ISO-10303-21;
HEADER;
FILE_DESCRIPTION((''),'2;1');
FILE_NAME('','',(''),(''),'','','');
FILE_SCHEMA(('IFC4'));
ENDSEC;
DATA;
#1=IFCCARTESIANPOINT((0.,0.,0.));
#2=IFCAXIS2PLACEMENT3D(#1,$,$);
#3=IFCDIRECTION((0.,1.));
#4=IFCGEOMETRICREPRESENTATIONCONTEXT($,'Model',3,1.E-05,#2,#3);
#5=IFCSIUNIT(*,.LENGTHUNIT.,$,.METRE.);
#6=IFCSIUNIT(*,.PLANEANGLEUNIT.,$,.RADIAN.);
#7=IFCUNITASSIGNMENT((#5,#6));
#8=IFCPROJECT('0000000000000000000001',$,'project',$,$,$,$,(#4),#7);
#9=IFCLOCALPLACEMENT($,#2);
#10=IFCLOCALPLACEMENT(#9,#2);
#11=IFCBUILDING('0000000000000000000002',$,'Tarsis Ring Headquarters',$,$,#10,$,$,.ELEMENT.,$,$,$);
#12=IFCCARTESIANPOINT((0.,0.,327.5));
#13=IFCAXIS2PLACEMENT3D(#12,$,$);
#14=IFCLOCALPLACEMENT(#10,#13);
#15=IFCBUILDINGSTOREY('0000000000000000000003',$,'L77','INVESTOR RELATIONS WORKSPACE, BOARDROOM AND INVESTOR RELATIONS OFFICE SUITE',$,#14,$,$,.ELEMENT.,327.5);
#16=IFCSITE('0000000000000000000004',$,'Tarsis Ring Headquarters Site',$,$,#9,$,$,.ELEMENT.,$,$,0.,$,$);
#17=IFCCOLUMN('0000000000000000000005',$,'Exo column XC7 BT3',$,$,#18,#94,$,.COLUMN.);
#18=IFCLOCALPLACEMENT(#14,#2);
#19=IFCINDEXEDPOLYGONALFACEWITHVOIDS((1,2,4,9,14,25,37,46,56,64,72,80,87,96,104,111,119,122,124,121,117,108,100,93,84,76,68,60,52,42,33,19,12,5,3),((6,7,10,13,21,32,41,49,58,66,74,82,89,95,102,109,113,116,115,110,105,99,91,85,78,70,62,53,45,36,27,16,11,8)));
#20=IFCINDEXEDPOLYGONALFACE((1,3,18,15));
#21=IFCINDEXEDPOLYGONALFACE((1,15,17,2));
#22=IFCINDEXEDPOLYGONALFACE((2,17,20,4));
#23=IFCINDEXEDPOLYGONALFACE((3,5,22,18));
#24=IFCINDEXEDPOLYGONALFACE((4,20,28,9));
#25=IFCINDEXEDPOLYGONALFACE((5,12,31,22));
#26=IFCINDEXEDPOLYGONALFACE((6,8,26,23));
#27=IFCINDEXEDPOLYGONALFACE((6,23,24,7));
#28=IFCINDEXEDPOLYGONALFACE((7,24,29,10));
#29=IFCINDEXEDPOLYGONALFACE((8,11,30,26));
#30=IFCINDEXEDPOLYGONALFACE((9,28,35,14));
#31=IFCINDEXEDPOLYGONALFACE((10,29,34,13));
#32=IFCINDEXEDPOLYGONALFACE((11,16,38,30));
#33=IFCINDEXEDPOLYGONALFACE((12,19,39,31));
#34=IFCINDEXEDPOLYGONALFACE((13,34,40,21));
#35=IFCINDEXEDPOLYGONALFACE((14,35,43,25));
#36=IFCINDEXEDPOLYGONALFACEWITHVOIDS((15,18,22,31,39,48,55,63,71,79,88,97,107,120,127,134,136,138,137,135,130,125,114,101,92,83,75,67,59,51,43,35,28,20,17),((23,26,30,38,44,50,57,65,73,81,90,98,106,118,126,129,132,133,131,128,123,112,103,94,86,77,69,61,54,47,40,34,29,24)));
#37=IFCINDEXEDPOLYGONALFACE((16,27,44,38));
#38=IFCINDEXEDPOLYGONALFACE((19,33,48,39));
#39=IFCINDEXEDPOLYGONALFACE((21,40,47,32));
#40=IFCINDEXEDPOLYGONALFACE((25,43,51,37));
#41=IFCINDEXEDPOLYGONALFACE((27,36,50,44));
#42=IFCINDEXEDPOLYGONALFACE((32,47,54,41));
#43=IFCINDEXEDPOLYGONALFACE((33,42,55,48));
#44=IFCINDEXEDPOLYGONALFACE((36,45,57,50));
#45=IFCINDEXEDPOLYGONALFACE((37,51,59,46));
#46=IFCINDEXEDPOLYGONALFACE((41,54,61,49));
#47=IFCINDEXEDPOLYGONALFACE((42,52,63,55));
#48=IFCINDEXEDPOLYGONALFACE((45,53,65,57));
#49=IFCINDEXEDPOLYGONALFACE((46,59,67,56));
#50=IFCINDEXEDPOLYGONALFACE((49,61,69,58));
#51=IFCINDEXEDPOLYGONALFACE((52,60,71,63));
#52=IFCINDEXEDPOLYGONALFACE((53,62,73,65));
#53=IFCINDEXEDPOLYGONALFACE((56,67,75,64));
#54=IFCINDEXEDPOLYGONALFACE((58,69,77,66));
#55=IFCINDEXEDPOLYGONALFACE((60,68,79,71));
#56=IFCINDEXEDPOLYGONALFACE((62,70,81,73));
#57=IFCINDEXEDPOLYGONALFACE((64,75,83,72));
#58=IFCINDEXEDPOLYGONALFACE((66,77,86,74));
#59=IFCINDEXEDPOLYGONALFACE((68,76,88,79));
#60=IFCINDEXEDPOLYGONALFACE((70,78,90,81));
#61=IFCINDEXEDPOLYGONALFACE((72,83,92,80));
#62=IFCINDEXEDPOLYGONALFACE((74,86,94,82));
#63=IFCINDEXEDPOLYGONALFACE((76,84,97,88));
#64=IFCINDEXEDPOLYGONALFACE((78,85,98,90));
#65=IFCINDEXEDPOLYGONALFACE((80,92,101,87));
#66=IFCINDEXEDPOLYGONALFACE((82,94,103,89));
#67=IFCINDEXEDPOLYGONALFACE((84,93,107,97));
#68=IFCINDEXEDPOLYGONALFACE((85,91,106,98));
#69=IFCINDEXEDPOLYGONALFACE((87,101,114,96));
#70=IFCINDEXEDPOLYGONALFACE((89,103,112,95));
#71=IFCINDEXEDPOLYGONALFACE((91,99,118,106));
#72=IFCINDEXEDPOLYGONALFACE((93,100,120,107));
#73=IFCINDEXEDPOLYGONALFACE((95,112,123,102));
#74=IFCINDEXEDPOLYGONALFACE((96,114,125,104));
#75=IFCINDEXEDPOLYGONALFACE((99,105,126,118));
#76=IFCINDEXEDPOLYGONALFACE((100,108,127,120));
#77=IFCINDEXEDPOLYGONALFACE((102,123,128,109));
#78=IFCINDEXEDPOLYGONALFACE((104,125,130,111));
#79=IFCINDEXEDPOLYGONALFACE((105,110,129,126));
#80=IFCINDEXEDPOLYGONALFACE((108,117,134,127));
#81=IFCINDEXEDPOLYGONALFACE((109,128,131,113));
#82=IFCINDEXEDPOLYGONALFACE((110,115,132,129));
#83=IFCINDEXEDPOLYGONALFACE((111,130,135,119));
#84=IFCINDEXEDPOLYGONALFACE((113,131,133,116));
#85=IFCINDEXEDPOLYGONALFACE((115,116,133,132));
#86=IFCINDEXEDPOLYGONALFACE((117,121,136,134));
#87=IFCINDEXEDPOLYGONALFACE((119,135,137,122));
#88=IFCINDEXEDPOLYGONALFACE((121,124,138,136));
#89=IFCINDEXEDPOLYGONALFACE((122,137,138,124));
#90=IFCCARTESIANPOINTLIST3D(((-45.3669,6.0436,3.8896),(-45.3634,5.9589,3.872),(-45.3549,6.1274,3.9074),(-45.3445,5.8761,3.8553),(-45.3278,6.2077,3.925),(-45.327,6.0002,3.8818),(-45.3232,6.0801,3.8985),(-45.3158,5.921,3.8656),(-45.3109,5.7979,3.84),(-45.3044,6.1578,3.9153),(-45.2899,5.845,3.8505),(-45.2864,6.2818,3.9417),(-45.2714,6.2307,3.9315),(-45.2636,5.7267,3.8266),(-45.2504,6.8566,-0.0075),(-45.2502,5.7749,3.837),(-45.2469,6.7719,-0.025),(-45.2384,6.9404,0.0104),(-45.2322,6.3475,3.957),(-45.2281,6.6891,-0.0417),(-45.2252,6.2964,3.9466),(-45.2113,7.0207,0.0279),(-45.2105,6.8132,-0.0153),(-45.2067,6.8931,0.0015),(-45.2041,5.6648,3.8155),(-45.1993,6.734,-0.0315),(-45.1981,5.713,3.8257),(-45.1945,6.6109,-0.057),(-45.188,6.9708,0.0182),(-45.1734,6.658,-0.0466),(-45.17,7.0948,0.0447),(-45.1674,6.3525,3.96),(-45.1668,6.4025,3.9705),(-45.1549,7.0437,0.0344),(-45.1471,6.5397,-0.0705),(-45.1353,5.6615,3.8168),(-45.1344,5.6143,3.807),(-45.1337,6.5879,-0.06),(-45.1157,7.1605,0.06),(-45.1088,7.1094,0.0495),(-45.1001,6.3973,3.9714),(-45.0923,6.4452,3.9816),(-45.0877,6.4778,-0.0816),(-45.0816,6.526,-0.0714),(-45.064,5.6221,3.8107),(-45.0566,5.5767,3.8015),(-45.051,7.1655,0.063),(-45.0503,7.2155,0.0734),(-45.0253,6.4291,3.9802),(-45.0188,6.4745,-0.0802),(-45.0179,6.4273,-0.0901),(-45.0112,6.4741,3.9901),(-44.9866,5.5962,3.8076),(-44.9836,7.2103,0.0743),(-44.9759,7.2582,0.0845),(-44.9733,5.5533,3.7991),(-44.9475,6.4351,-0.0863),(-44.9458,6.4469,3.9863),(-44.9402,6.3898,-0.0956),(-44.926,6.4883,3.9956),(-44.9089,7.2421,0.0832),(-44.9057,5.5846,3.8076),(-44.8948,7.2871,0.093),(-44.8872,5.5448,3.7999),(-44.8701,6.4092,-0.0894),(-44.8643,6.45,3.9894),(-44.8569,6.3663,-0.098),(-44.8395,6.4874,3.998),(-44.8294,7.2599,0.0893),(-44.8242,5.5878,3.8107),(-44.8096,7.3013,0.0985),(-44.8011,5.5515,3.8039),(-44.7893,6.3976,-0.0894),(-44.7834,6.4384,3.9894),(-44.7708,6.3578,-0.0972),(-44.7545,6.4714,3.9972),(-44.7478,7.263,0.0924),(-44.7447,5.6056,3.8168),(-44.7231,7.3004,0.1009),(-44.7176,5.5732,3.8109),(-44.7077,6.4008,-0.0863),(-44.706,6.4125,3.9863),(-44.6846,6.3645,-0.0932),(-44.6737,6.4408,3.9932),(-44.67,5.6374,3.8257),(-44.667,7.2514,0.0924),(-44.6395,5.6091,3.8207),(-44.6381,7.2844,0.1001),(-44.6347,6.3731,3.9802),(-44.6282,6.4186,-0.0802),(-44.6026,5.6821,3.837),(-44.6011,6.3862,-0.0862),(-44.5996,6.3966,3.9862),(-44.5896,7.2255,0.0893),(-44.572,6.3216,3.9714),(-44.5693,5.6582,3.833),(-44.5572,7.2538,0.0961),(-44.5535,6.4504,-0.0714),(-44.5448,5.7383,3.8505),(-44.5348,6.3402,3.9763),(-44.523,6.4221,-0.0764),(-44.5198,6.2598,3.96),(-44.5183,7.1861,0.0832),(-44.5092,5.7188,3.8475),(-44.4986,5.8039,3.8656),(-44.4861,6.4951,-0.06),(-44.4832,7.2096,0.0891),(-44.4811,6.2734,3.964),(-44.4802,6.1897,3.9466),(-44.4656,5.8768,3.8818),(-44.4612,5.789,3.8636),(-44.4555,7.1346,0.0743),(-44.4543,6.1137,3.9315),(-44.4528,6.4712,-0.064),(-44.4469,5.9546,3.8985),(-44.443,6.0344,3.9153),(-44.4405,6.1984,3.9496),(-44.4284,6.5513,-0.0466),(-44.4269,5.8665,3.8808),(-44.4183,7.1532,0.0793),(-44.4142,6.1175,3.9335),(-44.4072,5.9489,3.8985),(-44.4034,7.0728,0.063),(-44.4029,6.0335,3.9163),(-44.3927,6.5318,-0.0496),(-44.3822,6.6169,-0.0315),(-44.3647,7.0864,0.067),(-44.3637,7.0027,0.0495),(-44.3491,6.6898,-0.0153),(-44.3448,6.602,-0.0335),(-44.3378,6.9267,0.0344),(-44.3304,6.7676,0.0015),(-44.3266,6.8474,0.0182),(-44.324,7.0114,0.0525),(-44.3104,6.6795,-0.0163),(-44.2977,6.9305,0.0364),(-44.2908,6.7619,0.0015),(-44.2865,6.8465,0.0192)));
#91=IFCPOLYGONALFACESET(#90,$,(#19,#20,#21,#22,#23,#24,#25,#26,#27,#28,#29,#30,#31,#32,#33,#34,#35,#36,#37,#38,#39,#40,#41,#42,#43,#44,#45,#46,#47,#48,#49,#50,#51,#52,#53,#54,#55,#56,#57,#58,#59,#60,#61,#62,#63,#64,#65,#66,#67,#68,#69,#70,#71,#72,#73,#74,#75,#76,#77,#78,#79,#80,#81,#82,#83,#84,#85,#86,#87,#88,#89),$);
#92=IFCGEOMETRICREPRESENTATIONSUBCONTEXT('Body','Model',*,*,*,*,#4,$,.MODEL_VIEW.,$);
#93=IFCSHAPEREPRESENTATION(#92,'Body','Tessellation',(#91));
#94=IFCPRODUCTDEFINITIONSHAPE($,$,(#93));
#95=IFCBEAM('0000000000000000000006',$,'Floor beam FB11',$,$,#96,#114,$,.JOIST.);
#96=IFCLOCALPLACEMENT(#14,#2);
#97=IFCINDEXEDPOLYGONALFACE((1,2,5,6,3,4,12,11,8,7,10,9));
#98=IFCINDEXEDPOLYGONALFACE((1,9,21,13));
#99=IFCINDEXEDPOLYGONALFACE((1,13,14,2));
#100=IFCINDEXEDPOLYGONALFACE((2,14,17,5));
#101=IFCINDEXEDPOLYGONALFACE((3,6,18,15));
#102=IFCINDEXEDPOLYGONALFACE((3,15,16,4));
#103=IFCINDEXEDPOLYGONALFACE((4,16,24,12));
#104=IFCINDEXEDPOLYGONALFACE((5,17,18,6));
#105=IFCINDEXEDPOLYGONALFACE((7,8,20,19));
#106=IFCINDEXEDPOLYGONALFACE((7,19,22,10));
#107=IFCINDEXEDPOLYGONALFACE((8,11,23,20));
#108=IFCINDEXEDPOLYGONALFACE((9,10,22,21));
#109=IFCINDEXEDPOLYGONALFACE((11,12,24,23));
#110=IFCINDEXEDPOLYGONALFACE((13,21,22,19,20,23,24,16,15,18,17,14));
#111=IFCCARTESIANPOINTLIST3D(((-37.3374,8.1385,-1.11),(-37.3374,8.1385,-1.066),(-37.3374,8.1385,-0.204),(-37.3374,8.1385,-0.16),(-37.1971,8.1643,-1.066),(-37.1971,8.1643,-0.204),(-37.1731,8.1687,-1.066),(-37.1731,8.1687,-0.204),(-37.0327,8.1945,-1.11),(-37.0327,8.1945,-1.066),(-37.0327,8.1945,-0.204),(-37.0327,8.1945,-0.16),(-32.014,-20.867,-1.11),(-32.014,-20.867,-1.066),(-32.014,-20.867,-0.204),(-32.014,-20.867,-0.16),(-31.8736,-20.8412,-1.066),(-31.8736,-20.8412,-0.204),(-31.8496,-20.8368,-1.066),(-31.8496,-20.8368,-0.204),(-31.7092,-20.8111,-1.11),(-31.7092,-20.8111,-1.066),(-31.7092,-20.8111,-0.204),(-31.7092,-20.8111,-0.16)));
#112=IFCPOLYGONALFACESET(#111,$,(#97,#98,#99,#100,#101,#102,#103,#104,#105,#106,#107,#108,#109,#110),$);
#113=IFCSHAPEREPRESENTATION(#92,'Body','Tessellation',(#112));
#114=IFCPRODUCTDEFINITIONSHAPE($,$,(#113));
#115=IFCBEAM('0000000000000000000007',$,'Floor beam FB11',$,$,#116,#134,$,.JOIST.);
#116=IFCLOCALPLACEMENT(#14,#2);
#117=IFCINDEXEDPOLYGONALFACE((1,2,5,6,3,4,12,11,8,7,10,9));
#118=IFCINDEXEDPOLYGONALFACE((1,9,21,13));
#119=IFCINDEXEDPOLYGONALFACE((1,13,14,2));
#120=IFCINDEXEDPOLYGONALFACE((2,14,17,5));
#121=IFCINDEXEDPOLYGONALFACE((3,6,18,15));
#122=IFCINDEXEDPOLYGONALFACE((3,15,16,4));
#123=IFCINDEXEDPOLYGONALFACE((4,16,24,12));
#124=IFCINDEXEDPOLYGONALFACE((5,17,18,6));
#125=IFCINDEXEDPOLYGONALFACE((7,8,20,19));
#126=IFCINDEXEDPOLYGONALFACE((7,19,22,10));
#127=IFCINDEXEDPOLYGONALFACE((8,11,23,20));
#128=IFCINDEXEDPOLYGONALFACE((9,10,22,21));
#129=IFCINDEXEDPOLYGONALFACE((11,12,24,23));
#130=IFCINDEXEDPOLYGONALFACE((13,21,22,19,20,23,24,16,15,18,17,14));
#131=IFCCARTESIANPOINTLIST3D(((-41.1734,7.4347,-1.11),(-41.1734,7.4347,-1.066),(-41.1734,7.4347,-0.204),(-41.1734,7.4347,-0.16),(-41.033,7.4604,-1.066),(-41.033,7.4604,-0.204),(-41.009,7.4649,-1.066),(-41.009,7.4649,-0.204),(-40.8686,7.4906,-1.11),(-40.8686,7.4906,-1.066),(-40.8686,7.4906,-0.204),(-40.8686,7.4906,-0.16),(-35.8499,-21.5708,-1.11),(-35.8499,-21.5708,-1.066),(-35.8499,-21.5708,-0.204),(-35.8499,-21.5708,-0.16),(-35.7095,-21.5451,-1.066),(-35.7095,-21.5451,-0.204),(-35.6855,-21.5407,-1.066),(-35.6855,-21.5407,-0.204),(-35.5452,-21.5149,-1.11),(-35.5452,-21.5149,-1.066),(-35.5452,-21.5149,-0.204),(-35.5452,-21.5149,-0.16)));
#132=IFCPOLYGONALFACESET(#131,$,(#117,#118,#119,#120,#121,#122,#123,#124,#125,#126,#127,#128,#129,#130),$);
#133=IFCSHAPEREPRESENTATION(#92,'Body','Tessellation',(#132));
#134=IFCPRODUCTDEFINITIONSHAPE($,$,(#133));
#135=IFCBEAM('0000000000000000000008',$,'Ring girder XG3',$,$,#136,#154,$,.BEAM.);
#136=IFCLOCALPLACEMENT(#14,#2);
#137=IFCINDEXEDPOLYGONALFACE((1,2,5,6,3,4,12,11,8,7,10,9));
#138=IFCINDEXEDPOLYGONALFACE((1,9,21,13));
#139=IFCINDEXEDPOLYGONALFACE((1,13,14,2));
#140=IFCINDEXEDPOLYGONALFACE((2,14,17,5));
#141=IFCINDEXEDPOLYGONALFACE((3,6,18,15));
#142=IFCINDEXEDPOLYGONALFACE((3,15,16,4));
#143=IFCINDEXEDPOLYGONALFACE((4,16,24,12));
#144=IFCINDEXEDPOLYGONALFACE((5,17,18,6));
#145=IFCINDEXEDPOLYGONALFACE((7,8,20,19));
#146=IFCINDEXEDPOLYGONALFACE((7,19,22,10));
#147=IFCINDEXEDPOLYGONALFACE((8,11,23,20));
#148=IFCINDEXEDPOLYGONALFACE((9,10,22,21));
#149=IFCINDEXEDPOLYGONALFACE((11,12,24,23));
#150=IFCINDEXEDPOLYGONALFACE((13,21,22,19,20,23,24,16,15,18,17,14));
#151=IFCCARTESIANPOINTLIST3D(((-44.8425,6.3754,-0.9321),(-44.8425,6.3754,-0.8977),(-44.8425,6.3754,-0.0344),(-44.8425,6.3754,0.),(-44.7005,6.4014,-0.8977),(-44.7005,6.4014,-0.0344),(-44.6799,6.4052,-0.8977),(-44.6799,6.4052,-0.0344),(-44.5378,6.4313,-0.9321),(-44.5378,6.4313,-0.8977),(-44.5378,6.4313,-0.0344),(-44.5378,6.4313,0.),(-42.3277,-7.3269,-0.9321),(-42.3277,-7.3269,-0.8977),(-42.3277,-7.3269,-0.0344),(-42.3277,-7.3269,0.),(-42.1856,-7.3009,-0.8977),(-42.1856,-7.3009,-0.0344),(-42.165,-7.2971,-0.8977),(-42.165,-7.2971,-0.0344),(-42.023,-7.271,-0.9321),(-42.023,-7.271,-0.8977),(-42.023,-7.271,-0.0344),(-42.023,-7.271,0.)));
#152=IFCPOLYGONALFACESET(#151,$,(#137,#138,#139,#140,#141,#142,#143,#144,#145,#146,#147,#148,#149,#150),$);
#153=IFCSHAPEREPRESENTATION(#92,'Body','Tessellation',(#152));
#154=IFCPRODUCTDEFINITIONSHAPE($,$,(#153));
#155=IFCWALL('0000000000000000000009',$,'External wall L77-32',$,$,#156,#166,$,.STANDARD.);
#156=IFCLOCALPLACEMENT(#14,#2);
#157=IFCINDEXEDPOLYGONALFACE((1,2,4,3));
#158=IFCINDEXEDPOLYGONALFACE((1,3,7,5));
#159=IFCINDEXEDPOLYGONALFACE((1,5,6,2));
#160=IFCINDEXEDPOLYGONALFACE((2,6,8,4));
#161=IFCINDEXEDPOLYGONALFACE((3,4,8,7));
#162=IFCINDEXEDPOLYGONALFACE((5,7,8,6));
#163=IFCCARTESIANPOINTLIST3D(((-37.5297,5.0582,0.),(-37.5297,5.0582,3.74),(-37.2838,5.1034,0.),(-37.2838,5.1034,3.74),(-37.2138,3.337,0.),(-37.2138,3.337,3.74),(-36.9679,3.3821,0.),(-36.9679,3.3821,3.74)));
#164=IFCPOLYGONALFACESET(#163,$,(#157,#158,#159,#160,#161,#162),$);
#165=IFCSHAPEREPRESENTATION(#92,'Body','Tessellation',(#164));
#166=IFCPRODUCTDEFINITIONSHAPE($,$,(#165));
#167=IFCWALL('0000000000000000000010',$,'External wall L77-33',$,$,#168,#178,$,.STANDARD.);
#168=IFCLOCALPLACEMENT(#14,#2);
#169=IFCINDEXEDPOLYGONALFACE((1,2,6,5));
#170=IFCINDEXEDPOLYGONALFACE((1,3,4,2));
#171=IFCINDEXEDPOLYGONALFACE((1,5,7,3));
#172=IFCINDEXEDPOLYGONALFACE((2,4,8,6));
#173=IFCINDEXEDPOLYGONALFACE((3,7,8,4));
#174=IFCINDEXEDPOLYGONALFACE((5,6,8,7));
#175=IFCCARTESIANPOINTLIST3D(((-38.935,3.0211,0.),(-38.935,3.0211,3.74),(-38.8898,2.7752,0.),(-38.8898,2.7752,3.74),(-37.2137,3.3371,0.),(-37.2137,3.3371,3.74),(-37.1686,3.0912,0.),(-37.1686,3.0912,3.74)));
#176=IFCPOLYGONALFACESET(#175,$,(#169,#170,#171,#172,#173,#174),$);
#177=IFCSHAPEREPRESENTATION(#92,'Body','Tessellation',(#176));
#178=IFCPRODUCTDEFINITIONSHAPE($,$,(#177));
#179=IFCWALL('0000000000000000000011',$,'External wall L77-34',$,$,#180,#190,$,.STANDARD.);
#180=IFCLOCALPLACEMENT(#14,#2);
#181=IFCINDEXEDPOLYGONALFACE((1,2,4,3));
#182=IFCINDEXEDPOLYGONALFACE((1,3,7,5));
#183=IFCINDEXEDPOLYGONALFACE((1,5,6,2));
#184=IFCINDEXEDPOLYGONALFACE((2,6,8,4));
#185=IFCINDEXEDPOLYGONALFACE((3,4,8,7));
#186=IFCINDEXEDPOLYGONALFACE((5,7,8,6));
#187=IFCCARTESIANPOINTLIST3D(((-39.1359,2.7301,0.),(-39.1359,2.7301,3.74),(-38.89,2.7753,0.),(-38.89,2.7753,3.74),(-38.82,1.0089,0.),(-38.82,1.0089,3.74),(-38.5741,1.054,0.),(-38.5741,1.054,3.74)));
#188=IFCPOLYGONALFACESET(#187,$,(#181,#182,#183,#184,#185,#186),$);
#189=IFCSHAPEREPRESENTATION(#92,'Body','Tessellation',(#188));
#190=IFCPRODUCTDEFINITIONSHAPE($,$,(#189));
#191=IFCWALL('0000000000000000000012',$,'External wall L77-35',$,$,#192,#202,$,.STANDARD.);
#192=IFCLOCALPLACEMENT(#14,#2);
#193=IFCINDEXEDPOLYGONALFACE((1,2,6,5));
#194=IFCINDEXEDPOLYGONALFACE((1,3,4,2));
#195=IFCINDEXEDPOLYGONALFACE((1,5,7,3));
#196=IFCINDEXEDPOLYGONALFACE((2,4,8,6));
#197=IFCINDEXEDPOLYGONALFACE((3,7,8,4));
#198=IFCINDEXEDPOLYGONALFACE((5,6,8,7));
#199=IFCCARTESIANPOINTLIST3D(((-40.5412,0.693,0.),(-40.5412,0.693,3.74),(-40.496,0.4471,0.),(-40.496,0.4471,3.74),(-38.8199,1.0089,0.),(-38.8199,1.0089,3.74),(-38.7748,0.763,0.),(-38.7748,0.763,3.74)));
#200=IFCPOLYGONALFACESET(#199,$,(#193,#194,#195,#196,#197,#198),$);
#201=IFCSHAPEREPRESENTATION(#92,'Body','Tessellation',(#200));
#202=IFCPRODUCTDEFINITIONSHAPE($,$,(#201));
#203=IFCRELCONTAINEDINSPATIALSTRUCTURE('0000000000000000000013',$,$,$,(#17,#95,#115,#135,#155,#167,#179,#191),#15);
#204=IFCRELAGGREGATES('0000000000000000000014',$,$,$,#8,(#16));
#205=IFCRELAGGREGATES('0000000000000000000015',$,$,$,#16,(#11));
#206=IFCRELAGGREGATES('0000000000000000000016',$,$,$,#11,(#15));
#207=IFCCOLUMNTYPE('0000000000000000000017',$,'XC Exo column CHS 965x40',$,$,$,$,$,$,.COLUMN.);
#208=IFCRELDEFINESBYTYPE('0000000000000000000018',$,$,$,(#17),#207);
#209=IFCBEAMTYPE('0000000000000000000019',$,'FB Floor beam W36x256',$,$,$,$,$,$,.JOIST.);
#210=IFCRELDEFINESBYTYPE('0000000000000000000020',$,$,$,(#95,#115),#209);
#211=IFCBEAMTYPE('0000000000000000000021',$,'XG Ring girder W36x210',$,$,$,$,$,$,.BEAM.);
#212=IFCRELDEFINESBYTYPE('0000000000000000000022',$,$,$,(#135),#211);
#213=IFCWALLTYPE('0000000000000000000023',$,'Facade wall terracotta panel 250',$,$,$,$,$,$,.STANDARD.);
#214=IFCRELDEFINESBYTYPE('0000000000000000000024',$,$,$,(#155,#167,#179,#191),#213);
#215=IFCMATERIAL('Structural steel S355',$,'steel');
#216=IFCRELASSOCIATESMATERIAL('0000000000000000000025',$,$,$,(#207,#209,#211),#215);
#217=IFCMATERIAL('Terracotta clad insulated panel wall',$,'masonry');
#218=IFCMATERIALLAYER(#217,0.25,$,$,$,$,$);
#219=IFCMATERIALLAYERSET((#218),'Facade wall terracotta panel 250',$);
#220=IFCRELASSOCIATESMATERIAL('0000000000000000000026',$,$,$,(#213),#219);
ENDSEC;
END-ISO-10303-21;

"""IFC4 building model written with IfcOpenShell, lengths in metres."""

from ifc_helpers import new_model, si_unit, direction, frame, frame_2d, origin, origin_2d, place, context, subcontext, project, spatial, rectangle, hollow_circle, i_section, extrude, material, layer, layer_set, material_profile, profile_set, type_object, element, save


model = new_model("IFC4")

# Units and contexts
model_context = context("Model", 3, precision=1e-05, world=origin(), true_north=direction((0.0, 1.0)))
body_context = subcontext(model_context, "Body", "Model", "MODEL_VIEW")
ifc_project = project(units=[si_unit("LENGTHUNIT", "METRE"), si_unit("PLANEANGLEUNIT", "RADIAN")], contexts=[model_context])

# Site, building, storey
site_placement = place(None, origin())
site = spatial("IfcSite", under=ifc_project, at=site_placement, Name="Tarsis Ring Headquarters Site", CompositionType="ELEMENT", RefElevation=0.0)
building_placement = place(site_placement, origin())
building = spatial("IfcBuilding", under=site, at=building_placement, Name="Tarsis Ring Headquarters", CompositionType="ELEMENT")
storey_placement = place(building_placement, frame((0.0, 0.0, 327.5)))
storey = spatial("IfcBuildingStorey", under=building, at=storey_placement, Name="L77", Description="INVESTOR RELATIONS WORKSPACE, BOARDROOM AND INVESTOR RELATIONS OFFICE SUITE", CompositionType="ELEMENT", Elevation=327.5)

# Column
ifc_material_1 = material(Name="Structural steel S355", Category="steel")
ifc_material_profile_1 = material_profile(ifc_material_1, hollow_circle(Radius=0.4827, WallThickness=0.04, at=origin_2d()), Name="CHS 965x40")
ifc_profile_set_1 = profile_set([ifc_material_profile_1], Name="Structural steel S355")
column_type = type_object("IfcColumnType", Name="XC Exo column CHS 965x40", PredefinedType="COLUMN", material=ifc_profile_set_1)
column_placement = place(storey_placement, frame((-44.7686, 6.8303, 0.0015), z_axis=(-0.029241, -0.204136, 0.978506), x_axis=(0.989896, -0.141796, 0.0)))
element("IfcColumn", 1, at=column_placement, inside=storey, type_object=column_type, Name="Exo column XC7 BT3", PredefinedType="COLUMN", context=body_context, shape_type="SweptSolid", body=[
    extrude(hollow_circle(Radius=0.4827, WallThickness=0.04, at=origin_2d()), origin(), (0.0, 0.0, 1.0), 3.9827),
])

# Beams
ifc_material_profile_2 = material_profile(ifc_material_1, i_section(OverallWidth=0.3098, OverallDepth=0.95, WebThickness=0.0244, FlangeThickness=0.0439, at=origin_2d()), Name="W36x256")
ifc_profile_set_2 = profile_set([ifc_material_profile_2], Name="Structural steel S355")
beam_type_1 = type_object("IfcBeamType", Name="FB Floor beam W36x256", PredefinedType="JOIST", material=ifc_profile_set_2)
for number, where, z_axis, x_axis, name in (
    (2, (-37.1851, 8.1665, -0.635), (0.180518, -0.983572, 0.0), (0.983572, 0.180518, 0.0), "Floor beam FB11"),
    (3, (-41.021, 7.4626, -0.635), (0.180518, -0.983572, 0.0), (0.983572, 0.180518, 0.0), "Floor beam FB11"),
):
    element("IfcBeam", number, at=place(storey_placement, frame(where, z_axis=z_axis, x_axis=x_axis)), inside=storey, type_object=beam_type_1, Name=name, PredefinedType="JOIST", context=body_context, shape_type="SweptSolid", body=[
        extrude(i_section(OverallWidth=0.3098, OverallDepth=0.95, WebThickness=0.0244, FlangeThickness=0.0439, at=origin_2d()), origin(), (0.0, 0.0, 1.0), 29.49),
    ])
ifc_material_profile_3 = material_profile(ifc_material_1, i_section(OverallWidth=0.3098, OverallDepth=0.9321, WebThickness=0.021, FlangeThickness=0.0344, at=origin_2d()), Name="W36x210")
ifc_profile_set_3 = profile_set([ifc_material_profile_3], Name="Structural steel S355")
beam_type_2 = type_object("IfcBeamType", Name="XG Ring girder W36x210", PredefinedType="BEAM", material=ifc_profile_set_3)
beam_placement = place(storey_placement, frame((-44.6902, 6.4033, -0.4661), z_axis=(0.180521, -0.983571, 0.0), x_axis=(0.983571, 0.180521, 0.0)))
element("IfcBeam", 4, at=beam_placement, inside=storey, type_object=beam_type_2, Name="Ring girder XG3", PredefinedType="BEAM", context=body_context, shape_type="SweptSolid", body=[
    extrude(i_section(OverallWidth=0.3098, OverallDepth=0.9321, WebThickness=0.021, FlangeThickness=0.0344, at=origin_2d()), origin(), (0.0, 0.0, 1.0), 13.9312),
])

# Walls
ifc_material_2 = material(Name="Terracotta clad insulated panel wall", Category="masonry")
ifc_layer = layer(ifc_material_2, 0.25)
ifc_layer_set = layer_set([ifc_layer], Name="Facade wall terracotta panel 250")
wall_type = type_object("IfcWallType", Name="Facade wall terracotta panel 250", PredefinedType="STANDARD", material=ifc_layer_set)
for number, where, z_axis, x_axis, name in (
    (5, (-37.4067, 5.0808, 0.0), (0.0, 0.0, 1.0), (0.18053, -0.983569, 0.0), "External wall L77-32"),
    (6, (-37.1912, 3.2141, 0.0), (0.0, 0.0, 1.0), (-0.983569, -0.18053, 0.0), "External wall L77-33"),
    (7, (-39.0129, 2.7527, 0.0), (0.0, 0.0, 1.0), (0.18053, -0.983569, 0.0), "External wall L77-34"),
    (8, (-38.7974, 0.886, 0.0), (0.0, 0.0, 1.0), (-0.983569, -0.18053, 0.0), "External wall L77-35"),
):
    element("IfcWall", number, at=place(storey_placement, frame(where, z_axis=z_axis, x_axis=x_axis)), inside=storey, type_object=wall_type, Name=name, PredefinedType="STANDARD", context=body_context, shape_type="SweptSolid", body=[
        extrude(rectangle(XDim=1.75, YDim=0.25, at=frame_2d((0.875, 0.0))), origin(), (0.0, 0.0, 1.0), 3.74),
    ])

save(model, "model.ifc")
